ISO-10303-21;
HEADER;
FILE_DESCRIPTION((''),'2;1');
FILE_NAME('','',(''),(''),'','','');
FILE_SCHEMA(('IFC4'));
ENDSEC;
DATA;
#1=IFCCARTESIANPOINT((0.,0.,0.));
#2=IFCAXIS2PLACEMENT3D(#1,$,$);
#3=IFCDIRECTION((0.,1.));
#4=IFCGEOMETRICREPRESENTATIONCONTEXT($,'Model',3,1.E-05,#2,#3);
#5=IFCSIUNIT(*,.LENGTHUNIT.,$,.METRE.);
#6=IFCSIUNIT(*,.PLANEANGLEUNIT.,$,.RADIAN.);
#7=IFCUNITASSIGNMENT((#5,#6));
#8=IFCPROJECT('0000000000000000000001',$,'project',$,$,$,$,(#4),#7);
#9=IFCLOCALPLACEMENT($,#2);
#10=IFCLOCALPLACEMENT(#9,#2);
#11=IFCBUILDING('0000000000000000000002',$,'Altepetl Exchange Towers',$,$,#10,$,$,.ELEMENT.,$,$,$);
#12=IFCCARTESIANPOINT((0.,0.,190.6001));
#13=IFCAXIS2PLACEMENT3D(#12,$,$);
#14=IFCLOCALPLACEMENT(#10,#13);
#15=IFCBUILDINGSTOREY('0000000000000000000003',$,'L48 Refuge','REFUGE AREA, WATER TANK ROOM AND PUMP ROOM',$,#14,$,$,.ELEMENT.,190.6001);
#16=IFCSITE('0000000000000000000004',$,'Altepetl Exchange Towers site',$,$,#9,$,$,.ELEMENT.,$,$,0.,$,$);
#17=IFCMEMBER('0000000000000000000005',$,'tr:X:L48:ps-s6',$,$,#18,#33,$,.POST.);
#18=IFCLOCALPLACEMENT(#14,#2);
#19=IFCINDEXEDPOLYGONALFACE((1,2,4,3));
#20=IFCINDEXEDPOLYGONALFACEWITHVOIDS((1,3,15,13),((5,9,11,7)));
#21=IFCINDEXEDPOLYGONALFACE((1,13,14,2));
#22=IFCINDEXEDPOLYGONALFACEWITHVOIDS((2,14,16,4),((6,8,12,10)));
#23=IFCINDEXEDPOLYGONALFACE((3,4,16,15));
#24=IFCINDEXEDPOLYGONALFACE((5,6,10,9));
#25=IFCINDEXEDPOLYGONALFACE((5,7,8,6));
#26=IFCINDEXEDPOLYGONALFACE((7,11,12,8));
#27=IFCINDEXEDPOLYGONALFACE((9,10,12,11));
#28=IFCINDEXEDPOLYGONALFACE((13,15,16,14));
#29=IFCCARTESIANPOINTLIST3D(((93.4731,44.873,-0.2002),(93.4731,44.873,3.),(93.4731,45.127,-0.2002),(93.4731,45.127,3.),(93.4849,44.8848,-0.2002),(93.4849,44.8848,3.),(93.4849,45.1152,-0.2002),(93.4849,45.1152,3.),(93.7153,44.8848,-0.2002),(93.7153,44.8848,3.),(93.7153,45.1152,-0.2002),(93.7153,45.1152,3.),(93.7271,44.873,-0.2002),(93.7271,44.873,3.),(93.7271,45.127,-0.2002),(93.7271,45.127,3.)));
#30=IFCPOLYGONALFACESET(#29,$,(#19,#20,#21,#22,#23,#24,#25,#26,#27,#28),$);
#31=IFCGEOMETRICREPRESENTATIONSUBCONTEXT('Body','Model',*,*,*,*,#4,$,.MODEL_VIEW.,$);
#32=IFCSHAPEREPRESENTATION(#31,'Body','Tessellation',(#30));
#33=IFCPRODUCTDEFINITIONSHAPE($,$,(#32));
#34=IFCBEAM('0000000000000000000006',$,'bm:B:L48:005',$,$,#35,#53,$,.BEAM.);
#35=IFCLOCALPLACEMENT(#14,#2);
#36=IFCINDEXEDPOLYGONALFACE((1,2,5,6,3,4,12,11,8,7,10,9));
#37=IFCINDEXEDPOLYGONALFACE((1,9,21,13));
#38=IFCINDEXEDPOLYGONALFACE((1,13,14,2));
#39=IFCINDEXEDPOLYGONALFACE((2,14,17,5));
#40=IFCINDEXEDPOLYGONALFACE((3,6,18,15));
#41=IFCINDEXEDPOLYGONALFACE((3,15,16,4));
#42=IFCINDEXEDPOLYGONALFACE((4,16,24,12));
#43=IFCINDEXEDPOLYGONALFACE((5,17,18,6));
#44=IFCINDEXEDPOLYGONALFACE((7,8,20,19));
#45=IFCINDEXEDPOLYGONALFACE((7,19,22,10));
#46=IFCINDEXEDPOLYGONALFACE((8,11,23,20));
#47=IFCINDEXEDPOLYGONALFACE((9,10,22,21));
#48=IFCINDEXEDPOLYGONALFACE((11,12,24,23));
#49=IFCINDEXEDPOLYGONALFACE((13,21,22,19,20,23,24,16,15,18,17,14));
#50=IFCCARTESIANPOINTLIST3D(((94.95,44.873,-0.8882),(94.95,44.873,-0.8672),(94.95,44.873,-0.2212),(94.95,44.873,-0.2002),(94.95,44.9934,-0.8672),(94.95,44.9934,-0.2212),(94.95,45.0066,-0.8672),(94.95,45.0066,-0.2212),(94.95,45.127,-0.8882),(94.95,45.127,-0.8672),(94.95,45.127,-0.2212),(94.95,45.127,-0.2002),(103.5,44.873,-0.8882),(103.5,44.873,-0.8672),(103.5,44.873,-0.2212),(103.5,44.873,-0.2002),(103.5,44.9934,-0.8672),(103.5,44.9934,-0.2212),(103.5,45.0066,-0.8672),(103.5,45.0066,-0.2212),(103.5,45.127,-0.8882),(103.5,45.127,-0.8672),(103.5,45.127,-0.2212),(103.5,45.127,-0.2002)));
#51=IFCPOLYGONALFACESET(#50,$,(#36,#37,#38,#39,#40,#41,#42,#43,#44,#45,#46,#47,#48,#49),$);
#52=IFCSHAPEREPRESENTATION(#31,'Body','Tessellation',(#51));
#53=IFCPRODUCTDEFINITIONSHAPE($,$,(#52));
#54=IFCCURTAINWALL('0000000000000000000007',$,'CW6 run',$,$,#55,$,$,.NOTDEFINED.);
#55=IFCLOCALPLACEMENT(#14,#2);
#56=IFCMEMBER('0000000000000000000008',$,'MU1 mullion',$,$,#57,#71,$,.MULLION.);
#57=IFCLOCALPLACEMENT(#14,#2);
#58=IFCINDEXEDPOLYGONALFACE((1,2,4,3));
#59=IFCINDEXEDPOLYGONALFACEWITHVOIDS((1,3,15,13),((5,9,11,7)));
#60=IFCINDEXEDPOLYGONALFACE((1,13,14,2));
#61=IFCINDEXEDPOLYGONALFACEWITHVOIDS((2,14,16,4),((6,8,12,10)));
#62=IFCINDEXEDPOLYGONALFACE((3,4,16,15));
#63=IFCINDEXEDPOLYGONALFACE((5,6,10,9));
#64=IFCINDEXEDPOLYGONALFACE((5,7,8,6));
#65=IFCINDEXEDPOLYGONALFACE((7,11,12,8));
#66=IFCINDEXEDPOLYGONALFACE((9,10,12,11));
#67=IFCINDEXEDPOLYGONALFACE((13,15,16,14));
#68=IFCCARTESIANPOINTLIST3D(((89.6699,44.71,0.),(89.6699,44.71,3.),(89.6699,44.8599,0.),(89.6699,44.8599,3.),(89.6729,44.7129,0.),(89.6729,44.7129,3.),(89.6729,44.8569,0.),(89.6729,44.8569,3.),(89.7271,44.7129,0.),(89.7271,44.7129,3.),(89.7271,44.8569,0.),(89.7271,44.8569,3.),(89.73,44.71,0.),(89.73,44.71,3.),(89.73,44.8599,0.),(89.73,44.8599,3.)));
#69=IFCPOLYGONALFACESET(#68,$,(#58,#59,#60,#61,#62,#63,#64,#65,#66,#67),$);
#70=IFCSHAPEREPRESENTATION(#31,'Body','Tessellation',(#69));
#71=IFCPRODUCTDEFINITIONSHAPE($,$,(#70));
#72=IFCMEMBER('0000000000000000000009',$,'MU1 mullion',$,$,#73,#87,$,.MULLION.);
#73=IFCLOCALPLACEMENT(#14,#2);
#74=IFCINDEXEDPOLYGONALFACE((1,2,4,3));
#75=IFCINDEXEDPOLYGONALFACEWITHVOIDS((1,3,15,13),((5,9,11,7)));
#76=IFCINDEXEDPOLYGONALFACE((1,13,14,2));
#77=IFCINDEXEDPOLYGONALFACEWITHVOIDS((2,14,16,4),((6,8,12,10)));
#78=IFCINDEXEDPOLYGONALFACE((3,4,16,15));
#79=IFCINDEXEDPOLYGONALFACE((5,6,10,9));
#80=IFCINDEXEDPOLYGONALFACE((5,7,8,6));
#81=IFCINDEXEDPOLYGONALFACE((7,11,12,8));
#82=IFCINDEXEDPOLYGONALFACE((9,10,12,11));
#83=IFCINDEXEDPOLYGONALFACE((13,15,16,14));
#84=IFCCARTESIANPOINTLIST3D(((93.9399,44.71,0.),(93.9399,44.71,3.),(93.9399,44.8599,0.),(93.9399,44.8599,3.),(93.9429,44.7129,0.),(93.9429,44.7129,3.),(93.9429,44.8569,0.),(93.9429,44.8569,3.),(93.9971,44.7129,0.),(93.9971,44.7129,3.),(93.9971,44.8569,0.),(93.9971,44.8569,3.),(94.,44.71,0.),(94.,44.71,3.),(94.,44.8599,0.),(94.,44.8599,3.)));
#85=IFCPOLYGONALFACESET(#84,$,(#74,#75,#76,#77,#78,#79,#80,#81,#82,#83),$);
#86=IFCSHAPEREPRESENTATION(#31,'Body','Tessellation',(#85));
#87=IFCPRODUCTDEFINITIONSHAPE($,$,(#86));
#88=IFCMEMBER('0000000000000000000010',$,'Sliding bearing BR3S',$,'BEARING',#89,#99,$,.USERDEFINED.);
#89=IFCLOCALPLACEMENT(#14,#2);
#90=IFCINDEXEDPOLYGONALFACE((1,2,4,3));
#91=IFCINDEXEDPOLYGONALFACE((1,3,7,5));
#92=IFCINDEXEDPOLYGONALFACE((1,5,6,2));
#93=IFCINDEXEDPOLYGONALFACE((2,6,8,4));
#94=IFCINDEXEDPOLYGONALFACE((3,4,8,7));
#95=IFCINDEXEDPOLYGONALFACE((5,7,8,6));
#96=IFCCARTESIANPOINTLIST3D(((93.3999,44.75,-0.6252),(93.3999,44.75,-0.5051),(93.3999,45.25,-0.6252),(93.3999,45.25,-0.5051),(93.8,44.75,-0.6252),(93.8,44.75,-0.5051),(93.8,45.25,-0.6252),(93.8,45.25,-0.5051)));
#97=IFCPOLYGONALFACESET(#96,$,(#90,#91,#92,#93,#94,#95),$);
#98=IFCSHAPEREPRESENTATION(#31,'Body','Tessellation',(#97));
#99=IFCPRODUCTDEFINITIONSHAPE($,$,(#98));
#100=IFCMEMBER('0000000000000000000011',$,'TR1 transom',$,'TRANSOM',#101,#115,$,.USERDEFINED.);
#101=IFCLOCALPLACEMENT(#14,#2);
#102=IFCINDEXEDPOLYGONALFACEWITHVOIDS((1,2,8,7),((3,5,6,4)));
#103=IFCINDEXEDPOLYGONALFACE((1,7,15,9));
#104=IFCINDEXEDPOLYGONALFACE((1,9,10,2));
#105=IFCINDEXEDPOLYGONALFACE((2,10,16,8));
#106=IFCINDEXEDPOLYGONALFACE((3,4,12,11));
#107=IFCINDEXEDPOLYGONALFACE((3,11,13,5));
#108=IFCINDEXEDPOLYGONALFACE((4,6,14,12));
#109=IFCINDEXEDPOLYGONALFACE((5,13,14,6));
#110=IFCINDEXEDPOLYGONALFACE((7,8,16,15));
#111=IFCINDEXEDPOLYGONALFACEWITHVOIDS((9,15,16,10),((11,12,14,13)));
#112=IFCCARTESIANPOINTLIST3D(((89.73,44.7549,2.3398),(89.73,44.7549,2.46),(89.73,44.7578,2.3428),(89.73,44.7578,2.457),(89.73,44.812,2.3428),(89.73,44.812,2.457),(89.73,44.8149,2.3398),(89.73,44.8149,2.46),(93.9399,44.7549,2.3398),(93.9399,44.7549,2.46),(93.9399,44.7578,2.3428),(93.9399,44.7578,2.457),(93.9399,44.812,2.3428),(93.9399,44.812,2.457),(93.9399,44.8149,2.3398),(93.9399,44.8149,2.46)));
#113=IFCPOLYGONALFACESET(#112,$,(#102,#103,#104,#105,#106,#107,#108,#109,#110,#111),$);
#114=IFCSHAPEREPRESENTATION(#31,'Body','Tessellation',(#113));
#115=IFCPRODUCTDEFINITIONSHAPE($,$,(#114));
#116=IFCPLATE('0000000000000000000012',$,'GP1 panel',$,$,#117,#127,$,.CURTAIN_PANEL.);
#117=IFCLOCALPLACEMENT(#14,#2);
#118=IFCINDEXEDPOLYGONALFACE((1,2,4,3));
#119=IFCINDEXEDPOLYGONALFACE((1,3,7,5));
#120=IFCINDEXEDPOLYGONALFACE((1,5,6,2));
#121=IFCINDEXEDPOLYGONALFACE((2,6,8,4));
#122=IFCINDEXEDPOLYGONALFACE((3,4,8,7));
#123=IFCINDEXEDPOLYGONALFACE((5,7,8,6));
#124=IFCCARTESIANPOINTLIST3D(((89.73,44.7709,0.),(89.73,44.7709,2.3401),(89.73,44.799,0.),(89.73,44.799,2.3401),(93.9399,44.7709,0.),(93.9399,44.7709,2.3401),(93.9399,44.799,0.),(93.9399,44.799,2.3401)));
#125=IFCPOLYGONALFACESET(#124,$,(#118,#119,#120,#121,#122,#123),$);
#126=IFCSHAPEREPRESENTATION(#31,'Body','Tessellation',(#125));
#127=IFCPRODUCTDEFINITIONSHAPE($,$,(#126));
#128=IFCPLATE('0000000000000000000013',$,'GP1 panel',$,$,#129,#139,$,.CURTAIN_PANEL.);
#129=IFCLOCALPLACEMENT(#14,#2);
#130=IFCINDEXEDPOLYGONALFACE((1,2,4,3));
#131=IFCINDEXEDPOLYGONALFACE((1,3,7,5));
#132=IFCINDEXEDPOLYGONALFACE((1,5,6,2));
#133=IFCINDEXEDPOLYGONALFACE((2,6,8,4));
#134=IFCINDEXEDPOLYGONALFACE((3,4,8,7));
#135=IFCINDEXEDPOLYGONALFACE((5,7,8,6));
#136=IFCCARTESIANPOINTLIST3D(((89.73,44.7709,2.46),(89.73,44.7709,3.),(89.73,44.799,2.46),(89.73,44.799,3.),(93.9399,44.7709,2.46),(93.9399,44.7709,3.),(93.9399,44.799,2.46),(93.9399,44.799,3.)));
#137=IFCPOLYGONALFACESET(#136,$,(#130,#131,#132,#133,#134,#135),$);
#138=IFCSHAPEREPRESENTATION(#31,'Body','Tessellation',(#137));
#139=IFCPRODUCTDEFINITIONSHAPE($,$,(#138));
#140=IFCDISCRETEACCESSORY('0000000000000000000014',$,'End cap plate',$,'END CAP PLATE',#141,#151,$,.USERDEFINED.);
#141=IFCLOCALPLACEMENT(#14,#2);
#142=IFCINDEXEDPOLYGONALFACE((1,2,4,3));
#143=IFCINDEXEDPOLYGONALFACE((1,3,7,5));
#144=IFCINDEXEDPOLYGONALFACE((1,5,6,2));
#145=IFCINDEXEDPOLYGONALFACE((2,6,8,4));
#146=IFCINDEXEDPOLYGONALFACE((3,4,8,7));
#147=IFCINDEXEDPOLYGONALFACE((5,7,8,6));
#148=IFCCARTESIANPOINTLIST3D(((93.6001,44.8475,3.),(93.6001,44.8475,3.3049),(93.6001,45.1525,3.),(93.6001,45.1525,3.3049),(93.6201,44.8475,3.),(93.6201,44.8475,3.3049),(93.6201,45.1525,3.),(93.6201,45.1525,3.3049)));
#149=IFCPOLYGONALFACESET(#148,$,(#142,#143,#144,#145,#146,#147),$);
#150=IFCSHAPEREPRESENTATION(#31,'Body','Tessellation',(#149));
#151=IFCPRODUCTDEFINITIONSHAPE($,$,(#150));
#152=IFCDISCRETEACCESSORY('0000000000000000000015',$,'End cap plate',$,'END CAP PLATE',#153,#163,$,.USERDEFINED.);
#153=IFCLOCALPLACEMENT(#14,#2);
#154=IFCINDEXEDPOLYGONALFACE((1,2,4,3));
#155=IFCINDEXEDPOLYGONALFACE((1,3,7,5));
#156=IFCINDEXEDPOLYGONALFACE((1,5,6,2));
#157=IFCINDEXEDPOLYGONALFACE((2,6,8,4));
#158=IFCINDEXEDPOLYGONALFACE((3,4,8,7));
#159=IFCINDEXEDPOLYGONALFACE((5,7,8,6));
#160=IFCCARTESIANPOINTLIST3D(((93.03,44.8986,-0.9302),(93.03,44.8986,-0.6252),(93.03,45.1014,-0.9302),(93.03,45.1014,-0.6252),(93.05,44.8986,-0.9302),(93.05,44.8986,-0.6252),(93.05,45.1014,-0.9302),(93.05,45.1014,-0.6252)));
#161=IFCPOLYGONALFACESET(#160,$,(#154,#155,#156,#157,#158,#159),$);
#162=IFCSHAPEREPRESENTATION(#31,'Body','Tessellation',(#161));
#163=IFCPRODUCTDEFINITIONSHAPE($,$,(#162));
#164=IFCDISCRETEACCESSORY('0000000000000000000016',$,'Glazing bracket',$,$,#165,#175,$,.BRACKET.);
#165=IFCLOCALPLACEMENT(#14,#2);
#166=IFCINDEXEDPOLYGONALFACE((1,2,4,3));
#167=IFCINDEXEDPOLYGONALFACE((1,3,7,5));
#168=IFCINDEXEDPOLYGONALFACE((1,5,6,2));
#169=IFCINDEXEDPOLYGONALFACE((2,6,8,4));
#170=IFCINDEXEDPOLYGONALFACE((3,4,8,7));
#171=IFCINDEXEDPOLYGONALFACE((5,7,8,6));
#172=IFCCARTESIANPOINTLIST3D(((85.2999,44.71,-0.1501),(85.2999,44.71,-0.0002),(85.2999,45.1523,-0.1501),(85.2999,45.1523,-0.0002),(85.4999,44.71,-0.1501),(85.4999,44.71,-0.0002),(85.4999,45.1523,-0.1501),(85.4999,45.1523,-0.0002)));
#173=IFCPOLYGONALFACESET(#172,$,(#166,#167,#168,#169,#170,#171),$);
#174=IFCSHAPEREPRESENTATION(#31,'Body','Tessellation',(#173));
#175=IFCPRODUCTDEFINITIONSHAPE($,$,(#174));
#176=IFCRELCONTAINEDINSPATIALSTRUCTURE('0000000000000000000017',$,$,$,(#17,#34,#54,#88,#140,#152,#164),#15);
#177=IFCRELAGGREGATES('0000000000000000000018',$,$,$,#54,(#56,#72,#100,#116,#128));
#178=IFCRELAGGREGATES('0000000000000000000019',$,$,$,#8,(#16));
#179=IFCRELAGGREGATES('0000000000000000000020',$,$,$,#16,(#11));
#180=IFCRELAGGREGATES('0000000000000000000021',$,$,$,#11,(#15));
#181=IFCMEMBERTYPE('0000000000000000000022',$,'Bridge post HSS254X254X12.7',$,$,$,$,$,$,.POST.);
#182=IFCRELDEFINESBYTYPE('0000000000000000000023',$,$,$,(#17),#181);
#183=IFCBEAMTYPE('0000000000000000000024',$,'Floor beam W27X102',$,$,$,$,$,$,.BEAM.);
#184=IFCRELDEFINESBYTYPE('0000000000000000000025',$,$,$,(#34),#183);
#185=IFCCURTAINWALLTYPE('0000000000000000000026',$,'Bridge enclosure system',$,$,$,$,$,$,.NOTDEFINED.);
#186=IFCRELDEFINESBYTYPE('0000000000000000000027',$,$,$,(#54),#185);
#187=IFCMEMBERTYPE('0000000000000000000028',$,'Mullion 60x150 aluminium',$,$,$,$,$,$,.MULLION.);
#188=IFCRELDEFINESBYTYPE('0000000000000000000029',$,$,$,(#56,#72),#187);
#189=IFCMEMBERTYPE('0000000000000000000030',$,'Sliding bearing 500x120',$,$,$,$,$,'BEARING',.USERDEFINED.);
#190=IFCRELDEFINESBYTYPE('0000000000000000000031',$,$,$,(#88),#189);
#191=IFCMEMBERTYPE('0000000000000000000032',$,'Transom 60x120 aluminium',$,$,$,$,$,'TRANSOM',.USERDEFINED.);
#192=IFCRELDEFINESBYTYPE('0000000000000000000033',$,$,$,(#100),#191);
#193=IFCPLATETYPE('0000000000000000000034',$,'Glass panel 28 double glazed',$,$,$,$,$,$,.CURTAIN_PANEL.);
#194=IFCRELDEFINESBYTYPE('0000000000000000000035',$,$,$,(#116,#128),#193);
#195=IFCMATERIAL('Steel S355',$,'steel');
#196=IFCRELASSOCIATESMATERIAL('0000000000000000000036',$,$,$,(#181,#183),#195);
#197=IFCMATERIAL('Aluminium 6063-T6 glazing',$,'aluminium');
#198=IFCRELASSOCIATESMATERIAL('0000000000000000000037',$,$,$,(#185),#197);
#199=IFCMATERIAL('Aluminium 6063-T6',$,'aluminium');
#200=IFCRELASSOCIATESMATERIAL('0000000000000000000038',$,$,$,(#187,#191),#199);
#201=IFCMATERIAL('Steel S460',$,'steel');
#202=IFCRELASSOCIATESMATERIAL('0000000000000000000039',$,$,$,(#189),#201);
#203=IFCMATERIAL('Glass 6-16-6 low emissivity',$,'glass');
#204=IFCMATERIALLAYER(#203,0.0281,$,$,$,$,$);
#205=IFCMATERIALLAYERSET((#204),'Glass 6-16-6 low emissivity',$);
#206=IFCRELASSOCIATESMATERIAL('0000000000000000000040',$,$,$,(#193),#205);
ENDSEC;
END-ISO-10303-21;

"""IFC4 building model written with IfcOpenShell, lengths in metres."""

from ifc_helpers import new_model, si_unit, direction, frame, origin, origin_2d, place, context, subcontext, project, spatial, rectangle, hollow_rectangle, i_section, extrude, material, layer, layer_set, material_profile, profile_set, type_object, element, aggregate, save


model = new_model("IFC4")

# Units and contexts
model_context = context("Model", 3, precision=1e-05, world=origin(), true_north=direction((0.0, 1.0)))
body_context = subcontext(model_context, "Body", "Model", "MODEL_VIEW")
ifc_project = project(units=[si_unit("LENGTHUNIT", "METRE"), si_unit("PLANEANGLEUNIT", "RADIAN")], contexts=[model_context])

# Site, building, storey
site_placement = place(None, origin())
site = spatial("IfcSite", under=ifc_project, at=site_placement, Name="Altepetl Exchange Towers site", CompositionType="ELEMENT", RefElevation=0.0)
building_placement = place(site_placement, origin())
building = spatial("IfcBuilding", under=site, at=building_placement, Name="Altepetl Exchange Towers", CompositionType="ELEMENT")
storey_placement = place(building_placement, frame((0.0, 0.0, 190.6001)))
storey = spatial("IfcBuildingStorey", under=building, at=storey_placement, Name="L48 Refuge", Description="REFUGE AREA, WATER TANK ROOM AND PUMP ROOM", CompositionType="ELEMENT", Elevation=190.6001)

# Shared definitions
ifc_material_1 = material(Name="Steel S355", Category="steel")

# Member
ifc_material_profile_1 = material_profile(ifc_material_1, hollow_rectangle(XDim=0.2539, YDim=0.2539, WallThickness=0.0117, at=origin_2d()), Name="HSS254X254X12.7")
ifc_profile_set_1 = profile_set([ifc_material_profile_1], Name="Steel S355")
member_type_1 = type_object("IfcMemberType", Name="Bridge post HSS254X254X12.7", PredefinedType="POST", material=ifc_profile_set_1)
for number, where, name in (
    (1, (93.6001, 45.0, -0.2002), "tr:X:L48:ps-s6"),
):
    element("IfcMember", number, at=place(storey_placement, frame(where)), inside=storey, type_object=member_type_1, Name=name, PredefinedType="POST", context=body_context, shape_type="SweptSolid", body=[
        extrude(hollow_rectangle(XDim=0.2539, YDim=0.2539, WallThickness=0.0117, at=origin_2d()), origin(), (0.0, 0.0, 1.0), 3.2002),
    ])

# Beam
ifc_material_profile_2 = material_profile(ifc_material_1, i_section(OverallWidth=0.2539, OverallDepth=0.688, WebThickness=0.0132, FlangeThickness=0.021, at=origin_2d()), Name="W27X102")
ifc_profile_set_2 = profile_set([ifc_material_profile_2], Name="Steel S355")
beam_type_1 = type_object("IfcBeamType", Name="Floor beam W27X102", PredefinedType="BEAM", material=ifc_profile_set_2)
beam_1_placement = place(storey_placement, frame((94.95, 45.0, -0.5442), z_axis=(1.0, 0.0, 0.0), x_axis=(0.0, 1.0, 0.0)))
element("IfcBeam", 2, at=beam_1_placement, inside=storey, type_object=beam_type_1, Name="bm:B:L48:005", PredefinedType="BEAM", context=body_context, shape_type="SweptSolid", body=[
    extrude(i_section(OverallWidth=0.2539, OverallDepth=0.688, WebThickness=0.0132, FlangeThickness=0.021, at=origin_2d()), origin(), (0.0, 0.0, 1.0), 8.55),
])

# Curtain wall, members
ifc_material_2 = material(Name="Aluminium 6063-T6 glazing", Category="aluminium")
curtain_wall_type = type_object("IfcCurtainWallType", Name="Bridge enclosure system", PredefinedType="NOTDEFINED", material=ifc_material_2)
curtain_wall_placement = place(storey_placement, origin())
curtain_wall = element("IfcCurtainWall", 3, at=curtain_wall_placement, inside=storey, type_object=curtain_wall_type, Name="CW6 run", PredefinedType="NOTDEFINED")
ifc_material_3 = material(Name="Aluminium 6063-T6", Category="aluminium")
ifc_material_profile_3 = material_profile(ifc_material_3, hollow_rectangle(XDim=0.0601, YDim=0.1499, WallThickness=0.0029, at=origin_2d()), Name="Mullion 60x150 aluminium")
ifc_profile_set_3 = profile_set([ifc_material_profile_3], Name="Aluminium 6063-T6")
member_type_2 = type_object("IfcMemberType", Name="Mullion 60x150 aluminium", PredefinedType="MULLION", material=ifc_profile_set_3)
member_1_placement = place(storey_placement, frame((89.7, 44.7849, 0.0)))
member_1 = element("IfcMember", 4, at=member_1_placement, type_object=member_type_2, Name="MU1 mullion", PredefinedType="MULLION", context=body_context, shape_type="SweptSolid", body=[
    extrude(hollow_rectangle(XDim=0.0601, YDim=0.1499, WallThickness=0.0029, at=origin_2d()), origin(), (0.0, 0.0, 1.0), 3.0),
])
member_2_placement = place(storey_placement, frame((93.97, 44.7849, 0.0)))
member_2 = element("IfcMember", 5, at=member_2_placement, type_object=member_type_2, Name="MU1 mullion", PredefinedType="MULLION", context=body_context, shape_type="SweptSolid", body=[
    extrude(hollow_rectangle(XDim=0.0601, YDim=0.1499, WallThickness=0.0029, at=origin_2d()), origin(), (0.0, 0.0, 1.0), 3.0),
])

# Members
ifc_material_4 = material(Name="Steel S460", Category="steel")
ifc_material_profile_4 = material_profile(ifc_material_4, rectangle(XDim=0.5, YDim=0.1201, at=origin_2d()), Name="500 x 120")
ifc_profile_set_4 = profile_set([ifc_material_profile_4], Name="Steel S460")
member_type_3 = type_object("IfcMemberType", Name="Sliding bearing 500x120", ElementType="BEARING", PredefinedType="USERDEFINED", material=ifc_profile_set_4)
member_3_placement = place(storey_placement, frame((93.3999, 45.0, -0.5652), z_axis=(1.0, 0.0, 0.0), x_axis=(0.0, 1.0, 0.0)))
element("IfcMember", 6, at=member_3_placement, inside=storey, type_object=member_type_3, Name="Sliding bearing BR3S", ObjectType="BEARING", PredefinedType="USERDEFINED", context=body_context, shape_type="SweptSolid", body=[
    extrude(rectangle(XDim=0.5, YDim=0.1201, at=origin_2d()), origin(), (0.0, 0.0, 1.0), 0.4001),
])
ifc_material_profile_5 = material_profile(ifc_material_3, hollow_rectangle(XDim=0.0601, YDim=0.1201, WallThickness=0.0029, at=origin_2d()), Name="Transom 60x120 aluminium")
ifc_profile_set_5 = profile_set([ifc_material_profile_5], Name="Aluminium 6063-T6")
member_type_4 = type_object("IfcMemberType", Name="Transom 60x120 aluminium", ElementType="TRANSOM", PredefinedType="USERDEFINED", material=ifc_profile_set_5)
member_4_placement = place(storey_placement, frame((89.73, 44.7849, 2.3999), z_axis=(1.0, 0.0, 0.0), x_axis=(0.0, 1.0, 0.0)))
member_4 = element("IfcMember", 7, at=member_4_placement, type_object=member_type_4, Name="TR1 transom", ObjectType="TRANSOM", PredefinedType="USERDEFINED", context=body_context, shape_type="SweptSolid", body=[
    extrude(hollow_rectangle(XDim=0.0601, YDim=0.1201, WallThickness=0.0029, at=origin_2d()), origin(), (0.0, 0.0, 1.0), 4.21),
])

# Plates
ifc_material_5 = material(Name="Glass 6-16-6 low emissivity", Category="glass")
ifc_layer = layer(ifc_material_5, 0.0281)
ifc_layer_set = layer_set([ifc_layer], Name="Glass 6-16-6 low emissivity")
plate_type = type_object("IfcPlateType", Name="Glass panel 28 double glazed", PredefinedType="CURTAIN_PANEL", material=ifc_layer_set)
plate_1_placement = place(storey_placement, frame((91.835, 44.7849, 0.0)))
plate_1 = element("IfcPlate", 8, at=plate_1_placement, type_object=plate_type, Name="GP1 panel", PredefinedType="CURTAIN_PANEL", context=body_context, shape_type="SweptSolid", body=[
    extrude(rectangle(XDim=4.21, YDim=0.0281, at=origin_2d()), origin(), (0.0, 0.0, 1.0), 2.3401),
])
plate_2_placement = place(storey_placement, frame((91.835, 44.7849, 2.46)))
plate_2 = element("IfcPlate", 9, at=plate_2_placement, type_object=plate_type, Name="GP1 panel", PredefinedType="CURTAIN_PANEL", context=body_context, shape_type="SweptSolid", body=[
    extrude(rectangle(XDim=4.21, YDim=0.0281, at=origin_2d()), origin(), (0.0, 0.0, 1.0), 0.54),
])
aggregate(curtain_wall, [member_1, member_2, member_4, plate_1, plate_2])

# Discrete accessories
discrete_accessory_1_placement = place(storey_placement, frame((93.6101, 45.0, 3.0)))
element("IfcDiscreteAccessory", 10, at=discrete_accessory_1_placement, inside=storey, Name="End cap plate", ObjectType="END CAP PLATE", PredefinedType="USERDEFINED", context=body_context, shape_type="SweptSolid", body=[
    extrude(rectangle(XDim=0.02, YDim=0.3049, at=origin_2d()), origin(), (0.0, 0.0, 1.0), 0.3049),
])
discrete_accessory_2_placement = place(storey_placement, frame((93.04, 45.0, -0.9302), z_axis=(0.0, 0.0, 1.0), x_axis=(-1.0, 0.0, 0.0)))
element("IfcDiscreteAccessory", 11, at=discrete_accessory_2_placement, inside=storey, Name="End cap plate", ObjectType="END CAP PLATE", PredefinedType="USERDEFINED", context=body_context, shape_type="SweptSolid", body=[
    extrude(rectangle(XDim=0.02, YDim=0.2029, at=origin_2d()), origin(), (0.0, 0.0, 1.0), 0.3049),
])
discrete_accessory_3_placement = place(storey_placement, frame((85.3999, 44.9312, -0.1501)))
element("IfcDiscreteAccessory", 12, at=discrete_accessory_3_placement, inside=storey, Name="Glazing bracket", PredefinedType="BRACKET", context=body_context, shape_type="SweptSolid", body=[
    extrude(rectangle(XDim=0.2, YDim=0.4424, at=origin_2d()), origin(), (0.0, 0.0, 1.0), 0.1499),
])

save(model, "model.ifc")
